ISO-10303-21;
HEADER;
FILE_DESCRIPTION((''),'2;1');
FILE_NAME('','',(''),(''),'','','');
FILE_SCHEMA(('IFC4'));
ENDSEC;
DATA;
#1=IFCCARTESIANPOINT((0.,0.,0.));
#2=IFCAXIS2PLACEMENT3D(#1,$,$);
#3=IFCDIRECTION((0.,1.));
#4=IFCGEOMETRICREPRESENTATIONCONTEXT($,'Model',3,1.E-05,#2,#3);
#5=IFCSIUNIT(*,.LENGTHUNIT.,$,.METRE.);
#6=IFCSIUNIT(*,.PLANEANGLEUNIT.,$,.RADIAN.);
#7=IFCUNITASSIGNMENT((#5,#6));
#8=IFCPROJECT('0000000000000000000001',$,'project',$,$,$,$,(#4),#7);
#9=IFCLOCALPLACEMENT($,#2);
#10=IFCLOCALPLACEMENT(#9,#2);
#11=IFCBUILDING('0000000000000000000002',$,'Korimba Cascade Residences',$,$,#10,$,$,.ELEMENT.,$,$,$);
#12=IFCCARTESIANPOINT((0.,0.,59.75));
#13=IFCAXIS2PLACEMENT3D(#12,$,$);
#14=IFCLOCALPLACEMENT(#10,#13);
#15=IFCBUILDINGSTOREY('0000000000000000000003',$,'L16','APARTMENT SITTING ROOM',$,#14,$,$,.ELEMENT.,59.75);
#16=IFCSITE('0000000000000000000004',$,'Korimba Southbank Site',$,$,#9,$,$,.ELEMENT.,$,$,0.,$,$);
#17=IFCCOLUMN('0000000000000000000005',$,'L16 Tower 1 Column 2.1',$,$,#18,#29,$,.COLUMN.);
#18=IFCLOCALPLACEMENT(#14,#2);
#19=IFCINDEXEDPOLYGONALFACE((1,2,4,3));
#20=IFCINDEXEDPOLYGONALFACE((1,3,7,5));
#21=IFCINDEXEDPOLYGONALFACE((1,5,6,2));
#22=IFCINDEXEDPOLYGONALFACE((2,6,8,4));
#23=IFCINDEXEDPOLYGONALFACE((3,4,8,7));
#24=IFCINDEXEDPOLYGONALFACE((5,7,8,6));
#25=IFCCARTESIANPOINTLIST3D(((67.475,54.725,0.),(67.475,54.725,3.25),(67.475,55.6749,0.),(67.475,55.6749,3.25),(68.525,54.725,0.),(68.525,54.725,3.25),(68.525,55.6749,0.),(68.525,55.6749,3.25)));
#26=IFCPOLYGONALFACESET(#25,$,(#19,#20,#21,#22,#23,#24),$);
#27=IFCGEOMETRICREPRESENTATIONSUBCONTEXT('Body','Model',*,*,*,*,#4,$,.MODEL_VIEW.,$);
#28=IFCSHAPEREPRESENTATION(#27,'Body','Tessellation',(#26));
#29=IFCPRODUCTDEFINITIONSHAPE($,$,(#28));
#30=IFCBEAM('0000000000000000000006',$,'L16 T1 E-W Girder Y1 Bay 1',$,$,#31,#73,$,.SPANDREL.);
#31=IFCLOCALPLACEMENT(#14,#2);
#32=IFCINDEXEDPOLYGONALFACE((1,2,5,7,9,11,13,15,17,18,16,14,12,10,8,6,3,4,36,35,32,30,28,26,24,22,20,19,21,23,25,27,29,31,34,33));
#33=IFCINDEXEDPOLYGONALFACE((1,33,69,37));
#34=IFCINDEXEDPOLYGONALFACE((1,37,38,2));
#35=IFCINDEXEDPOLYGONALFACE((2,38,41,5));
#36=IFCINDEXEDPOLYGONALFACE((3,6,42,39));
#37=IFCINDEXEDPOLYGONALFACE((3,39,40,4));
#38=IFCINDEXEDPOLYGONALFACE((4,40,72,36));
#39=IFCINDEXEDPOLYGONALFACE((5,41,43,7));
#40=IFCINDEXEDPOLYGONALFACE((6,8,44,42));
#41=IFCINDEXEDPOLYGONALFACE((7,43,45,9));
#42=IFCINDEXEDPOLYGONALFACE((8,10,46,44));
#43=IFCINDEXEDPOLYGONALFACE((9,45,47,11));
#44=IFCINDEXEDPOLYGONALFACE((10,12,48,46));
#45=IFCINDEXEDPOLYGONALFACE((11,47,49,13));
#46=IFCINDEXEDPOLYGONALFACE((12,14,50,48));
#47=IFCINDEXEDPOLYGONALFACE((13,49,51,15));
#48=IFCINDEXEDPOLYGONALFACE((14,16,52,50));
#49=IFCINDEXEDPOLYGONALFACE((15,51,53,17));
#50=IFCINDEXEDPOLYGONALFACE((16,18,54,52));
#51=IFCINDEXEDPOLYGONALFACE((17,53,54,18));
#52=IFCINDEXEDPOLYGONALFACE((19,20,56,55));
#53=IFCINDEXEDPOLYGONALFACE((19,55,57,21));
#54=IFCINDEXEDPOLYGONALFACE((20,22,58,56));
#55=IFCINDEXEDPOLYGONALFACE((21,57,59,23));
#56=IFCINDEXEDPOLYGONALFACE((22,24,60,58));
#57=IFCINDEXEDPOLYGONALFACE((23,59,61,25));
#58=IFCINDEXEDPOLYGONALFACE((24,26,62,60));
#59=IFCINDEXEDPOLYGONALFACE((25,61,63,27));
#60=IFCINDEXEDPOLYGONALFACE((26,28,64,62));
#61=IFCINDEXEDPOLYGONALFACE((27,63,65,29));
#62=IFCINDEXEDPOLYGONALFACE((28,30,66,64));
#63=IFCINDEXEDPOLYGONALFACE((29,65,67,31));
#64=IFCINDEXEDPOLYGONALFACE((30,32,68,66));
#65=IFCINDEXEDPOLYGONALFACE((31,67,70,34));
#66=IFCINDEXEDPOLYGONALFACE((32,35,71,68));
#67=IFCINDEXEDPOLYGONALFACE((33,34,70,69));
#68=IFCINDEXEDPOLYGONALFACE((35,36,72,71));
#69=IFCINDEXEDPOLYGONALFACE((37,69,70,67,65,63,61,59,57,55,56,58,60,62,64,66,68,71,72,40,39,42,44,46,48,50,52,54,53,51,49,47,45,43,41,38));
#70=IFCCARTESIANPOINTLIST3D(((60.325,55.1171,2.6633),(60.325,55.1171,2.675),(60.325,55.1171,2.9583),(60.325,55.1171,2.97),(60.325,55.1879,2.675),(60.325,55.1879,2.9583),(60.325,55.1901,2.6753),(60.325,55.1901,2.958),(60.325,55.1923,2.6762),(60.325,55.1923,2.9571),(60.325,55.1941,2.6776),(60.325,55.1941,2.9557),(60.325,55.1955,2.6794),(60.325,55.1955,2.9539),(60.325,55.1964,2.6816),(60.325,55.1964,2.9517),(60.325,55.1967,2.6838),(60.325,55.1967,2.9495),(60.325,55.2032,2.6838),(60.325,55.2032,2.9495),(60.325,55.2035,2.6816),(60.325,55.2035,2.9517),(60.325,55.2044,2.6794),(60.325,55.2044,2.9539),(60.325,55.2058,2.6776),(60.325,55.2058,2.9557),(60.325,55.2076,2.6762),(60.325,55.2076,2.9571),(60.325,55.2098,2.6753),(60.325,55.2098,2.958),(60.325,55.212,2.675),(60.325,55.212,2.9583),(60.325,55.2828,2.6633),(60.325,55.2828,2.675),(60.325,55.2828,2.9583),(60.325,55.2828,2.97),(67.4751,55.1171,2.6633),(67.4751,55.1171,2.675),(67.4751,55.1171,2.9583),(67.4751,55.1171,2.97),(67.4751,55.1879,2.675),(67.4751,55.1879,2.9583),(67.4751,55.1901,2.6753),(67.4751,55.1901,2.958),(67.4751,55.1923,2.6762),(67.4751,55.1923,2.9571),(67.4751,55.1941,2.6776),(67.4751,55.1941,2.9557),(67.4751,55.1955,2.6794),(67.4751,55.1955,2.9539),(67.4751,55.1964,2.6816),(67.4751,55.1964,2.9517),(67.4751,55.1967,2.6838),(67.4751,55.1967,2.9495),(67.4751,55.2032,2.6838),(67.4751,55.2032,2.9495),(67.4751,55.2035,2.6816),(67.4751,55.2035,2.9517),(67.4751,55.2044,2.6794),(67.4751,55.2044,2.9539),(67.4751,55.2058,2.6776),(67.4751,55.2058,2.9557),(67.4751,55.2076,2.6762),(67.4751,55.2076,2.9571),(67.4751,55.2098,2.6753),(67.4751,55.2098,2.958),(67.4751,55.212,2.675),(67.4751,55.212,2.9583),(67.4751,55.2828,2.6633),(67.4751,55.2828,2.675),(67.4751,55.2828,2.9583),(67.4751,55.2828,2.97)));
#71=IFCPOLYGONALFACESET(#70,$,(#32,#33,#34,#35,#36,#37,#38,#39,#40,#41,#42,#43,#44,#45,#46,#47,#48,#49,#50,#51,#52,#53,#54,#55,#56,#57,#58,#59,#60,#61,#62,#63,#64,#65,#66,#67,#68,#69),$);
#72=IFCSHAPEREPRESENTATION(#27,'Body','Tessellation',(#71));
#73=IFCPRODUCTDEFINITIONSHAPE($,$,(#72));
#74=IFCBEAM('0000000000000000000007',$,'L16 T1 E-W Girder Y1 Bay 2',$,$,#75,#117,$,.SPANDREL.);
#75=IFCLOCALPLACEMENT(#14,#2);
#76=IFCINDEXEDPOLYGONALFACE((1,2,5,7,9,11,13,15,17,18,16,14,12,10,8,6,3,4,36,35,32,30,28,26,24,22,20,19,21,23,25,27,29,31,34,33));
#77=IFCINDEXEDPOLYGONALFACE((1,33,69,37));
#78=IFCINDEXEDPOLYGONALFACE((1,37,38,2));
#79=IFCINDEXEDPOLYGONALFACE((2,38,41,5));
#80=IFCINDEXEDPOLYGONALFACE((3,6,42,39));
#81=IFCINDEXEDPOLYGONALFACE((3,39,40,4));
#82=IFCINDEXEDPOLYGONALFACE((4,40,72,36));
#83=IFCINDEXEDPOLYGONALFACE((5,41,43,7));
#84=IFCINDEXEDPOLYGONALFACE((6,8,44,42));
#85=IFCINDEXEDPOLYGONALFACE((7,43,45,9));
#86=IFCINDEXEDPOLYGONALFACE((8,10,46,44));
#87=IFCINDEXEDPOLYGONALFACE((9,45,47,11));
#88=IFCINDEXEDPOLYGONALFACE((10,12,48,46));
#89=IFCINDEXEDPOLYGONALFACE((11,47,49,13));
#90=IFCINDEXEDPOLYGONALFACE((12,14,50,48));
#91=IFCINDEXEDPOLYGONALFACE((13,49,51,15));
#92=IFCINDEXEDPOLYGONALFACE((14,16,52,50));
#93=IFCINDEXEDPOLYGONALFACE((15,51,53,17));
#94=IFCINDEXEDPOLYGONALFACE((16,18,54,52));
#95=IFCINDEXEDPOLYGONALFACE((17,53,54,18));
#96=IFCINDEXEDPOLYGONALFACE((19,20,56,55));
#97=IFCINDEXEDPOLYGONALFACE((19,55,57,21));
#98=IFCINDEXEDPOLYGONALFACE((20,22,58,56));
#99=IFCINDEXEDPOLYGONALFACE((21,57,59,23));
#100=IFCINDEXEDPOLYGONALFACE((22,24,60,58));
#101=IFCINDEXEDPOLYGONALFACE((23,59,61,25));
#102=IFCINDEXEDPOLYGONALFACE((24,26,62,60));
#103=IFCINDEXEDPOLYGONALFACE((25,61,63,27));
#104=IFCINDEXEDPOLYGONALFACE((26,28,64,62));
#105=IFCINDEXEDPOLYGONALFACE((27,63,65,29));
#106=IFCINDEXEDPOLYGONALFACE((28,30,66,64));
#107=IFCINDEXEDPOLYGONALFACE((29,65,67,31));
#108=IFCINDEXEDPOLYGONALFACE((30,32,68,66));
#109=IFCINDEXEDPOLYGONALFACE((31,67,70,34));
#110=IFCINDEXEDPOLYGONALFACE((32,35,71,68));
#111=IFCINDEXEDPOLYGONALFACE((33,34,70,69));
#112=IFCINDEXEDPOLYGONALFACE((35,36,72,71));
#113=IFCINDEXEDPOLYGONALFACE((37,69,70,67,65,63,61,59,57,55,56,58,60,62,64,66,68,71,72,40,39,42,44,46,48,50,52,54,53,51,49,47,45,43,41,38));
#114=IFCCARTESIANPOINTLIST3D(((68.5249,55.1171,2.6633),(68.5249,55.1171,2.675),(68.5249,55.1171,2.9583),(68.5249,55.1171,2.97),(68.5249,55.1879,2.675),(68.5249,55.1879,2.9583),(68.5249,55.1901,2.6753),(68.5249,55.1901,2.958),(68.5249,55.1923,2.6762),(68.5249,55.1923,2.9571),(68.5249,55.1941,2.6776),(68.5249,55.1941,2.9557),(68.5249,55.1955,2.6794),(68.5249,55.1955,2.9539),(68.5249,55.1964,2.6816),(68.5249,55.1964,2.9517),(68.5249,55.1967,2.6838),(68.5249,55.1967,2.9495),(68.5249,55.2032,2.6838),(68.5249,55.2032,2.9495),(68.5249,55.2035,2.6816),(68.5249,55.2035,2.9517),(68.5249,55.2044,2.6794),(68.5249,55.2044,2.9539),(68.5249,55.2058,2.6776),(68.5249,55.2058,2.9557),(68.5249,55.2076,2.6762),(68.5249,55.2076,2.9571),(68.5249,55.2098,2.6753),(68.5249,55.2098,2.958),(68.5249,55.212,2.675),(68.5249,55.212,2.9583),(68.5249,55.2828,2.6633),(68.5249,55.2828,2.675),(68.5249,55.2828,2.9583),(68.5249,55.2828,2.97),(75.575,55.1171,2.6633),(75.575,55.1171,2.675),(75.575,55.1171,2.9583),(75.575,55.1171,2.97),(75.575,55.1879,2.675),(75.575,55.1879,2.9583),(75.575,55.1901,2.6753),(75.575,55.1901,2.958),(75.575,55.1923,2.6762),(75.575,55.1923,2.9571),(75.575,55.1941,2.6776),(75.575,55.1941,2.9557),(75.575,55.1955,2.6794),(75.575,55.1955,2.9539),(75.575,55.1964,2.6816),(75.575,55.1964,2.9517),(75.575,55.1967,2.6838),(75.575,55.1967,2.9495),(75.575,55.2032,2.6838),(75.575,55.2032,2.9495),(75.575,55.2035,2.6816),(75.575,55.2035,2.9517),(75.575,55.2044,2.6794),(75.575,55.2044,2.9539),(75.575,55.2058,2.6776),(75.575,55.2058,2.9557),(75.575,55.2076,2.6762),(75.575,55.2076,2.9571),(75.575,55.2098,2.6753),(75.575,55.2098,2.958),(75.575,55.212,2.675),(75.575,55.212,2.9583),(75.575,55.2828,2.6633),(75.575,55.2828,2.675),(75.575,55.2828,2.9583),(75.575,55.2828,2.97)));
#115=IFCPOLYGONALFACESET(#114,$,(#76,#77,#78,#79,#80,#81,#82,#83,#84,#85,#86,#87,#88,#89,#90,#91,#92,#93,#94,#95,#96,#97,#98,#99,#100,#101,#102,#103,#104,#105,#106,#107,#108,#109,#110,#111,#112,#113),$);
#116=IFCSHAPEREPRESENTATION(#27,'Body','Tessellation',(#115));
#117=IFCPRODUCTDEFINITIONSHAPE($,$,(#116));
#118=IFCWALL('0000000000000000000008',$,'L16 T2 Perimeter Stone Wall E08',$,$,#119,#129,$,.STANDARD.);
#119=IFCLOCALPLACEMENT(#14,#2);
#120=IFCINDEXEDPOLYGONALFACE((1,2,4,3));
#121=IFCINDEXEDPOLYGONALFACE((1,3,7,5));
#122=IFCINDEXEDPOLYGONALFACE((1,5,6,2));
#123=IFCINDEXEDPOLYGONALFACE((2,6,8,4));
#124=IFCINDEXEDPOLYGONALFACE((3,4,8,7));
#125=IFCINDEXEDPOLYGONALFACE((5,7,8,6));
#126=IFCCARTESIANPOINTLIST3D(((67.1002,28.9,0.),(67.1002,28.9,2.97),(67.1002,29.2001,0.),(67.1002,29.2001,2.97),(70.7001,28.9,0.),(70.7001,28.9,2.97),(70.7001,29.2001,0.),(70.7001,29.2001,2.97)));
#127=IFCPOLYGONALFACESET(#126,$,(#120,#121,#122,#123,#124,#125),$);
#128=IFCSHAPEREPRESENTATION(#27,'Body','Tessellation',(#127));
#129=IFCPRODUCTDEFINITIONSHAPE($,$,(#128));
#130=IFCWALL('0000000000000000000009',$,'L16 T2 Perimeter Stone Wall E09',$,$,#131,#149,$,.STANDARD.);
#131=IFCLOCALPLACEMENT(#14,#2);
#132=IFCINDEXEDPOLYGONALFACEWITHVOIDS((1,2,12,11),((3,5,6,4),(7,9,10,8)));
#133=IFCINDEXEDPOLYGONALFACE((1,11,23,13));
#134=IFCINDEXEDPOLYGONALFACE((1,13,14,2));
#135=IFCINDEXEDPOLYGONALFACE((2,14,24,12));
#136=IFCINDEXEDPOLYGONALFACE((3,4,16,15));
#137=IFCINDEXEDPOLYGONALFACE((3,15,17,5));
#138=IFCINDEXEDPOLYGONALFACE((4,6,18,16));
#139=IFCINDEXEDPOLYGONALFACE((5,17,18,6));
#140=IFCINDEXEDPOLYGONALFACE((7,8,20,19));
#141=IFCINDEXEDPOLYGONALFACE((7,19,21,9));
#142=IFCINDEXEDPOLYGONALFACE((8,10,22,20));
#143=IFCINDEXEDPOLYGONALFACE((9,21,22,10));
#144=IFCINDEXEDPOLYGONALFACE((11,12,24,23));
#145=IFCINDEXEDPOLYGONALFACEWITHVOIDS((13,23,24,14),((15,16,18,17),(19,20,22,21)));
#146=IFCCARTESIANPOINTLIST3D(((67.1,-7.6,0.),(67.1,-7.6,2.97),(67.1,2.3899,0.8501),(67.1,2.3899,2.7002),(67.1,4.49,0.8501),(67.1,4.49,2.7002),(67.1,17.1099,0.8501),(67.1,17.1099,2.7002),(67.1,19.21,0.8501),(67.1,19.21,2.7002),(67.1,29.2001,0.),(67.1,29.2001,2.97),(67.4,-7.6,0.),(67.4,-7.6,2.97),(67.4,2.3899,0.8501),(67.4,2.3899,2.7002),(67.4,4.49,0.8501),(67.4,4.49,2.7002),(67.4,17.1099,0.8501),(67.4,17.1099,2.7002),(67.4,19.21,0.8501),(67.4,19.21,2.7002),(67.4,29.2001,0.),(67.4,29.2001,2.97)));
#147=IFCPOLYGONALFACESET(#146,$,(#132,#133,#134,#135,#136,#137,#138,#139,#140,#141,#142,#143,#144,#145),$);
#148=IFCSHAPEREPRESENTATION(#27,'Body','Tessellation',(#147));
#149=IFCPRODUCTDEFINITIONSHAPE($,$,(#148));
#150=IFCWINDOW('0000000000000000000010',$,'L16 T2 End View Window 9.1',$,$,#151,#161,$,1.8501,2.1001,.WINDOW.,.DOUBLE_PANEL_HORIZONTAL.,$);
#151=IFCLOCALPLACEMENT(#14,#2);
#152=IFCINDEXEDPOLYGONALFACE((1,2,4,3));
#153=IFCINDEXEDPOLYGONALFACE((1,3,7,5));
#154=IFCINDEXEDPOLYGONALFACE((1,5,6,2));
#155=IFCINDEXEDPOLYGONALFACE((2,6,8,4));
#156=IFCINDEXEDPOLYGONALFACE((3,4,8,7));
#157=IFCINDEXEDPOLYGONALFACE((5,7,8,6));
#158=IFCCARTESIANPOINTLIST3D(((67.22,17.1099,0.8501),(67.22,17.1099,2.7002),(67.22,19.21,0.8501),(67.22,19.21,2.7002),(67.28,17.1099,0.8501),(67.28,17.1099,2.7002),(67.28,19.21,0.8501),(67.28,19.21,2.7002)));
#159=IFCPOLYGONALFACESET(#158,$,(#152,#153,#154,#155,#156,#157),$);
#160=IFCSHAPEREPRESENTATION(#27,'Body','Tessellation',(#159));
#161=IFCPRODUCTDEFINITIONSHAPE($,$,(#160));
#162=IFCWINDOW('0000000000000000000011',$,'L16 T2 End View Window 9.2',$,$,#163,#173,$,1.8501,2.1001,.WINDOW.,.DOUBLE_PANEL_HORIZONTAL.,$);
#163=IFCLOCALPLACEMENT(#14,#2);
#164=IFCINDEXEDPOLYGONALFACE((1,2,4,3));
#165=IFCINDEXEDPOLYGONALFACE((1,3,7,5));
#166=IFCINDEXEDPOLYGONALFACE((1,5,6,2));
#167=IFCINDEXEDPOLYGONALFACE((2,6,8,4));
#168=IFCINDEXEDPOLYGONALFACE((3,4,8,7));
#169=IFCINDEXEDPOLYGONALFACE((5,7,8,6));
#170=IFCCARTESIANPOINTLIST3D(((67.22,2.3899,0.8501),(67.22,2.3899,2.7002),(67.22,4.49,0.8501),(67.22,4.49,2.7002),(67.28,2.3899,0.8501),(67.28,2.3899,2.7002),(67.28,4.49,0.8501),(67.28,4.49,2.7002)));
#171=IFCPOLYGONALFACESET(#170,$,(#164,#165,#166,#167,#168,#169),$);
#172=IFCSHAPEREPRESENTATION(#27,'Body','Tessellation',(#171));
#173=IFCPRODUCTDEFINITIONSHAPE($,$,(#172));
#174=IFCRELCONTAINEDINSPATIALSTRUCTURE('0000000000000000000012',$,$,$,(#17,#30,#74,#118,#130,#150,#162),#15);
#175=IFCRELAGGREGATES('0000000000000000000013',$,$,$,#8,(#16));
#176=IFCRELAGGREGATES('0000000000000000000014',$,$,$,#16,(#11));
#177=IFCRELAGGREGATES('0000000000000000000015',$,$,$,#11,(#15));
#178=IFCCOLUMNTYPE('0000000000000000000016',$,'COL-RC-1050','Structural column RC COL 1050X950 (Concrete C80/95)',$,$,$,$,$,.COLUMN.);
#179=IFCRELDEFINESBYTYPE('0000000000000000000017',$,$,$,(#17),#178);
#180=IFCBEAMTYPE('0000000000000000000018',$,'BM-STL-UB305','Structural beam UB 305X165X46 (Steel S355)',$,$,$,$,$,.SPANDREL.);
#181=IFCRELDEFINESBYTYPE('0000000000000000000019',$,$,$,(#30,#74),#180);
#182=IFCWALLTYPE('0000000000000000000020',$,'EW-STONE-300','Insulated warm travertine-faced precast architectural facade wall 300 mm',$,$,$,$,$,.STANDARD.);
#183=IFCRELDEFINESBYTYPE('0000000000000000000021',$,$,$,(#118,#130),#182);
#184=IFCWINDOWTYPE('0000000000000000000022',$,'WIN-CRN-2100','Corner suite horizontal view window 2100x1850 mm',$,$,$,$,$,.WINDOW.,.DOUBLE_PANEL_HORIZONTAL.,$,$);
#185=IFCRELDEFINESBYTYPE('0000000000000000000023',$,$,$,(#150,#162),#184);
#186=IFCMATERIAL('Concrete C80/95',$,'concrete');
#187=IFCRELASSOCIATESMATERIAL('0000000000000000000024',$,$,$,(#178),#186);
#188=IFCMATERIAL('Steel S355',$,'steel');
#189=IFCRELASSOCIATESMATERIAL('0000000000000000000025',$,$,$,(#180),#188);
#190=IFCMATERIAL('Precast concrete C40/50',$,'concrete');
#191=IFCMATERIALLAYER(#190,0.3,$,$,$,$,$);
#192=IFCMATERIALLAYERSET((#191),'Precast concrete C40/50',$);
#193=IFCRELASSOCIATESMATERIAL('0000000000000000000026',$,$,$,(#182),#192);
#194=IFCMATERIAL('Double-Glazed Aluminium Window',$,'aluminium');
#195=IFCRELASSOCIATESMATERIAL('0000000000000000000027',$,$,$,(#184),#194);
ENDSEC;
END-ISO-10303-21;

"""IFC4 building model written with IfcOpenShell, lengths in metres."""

from ifc_helpers import new_model, si_unit, direction, frame, frame_2d, origin, origin_2d, place, context, subcontext, project, spatial, rectangle, i_section, extrude, material, layer, layer_set, material_profile, profile_set, type_object, element, fill, save


model = new_model("IFC4")

# Units and contexts
model_context = context("Model", 3, precision=1e-05, world=origin(), true_north=direction((0.0, 1.0)))
body_context = subcontext(model_context, "Body", "Model", "MODEL_VIEW")
ifc_project = project(units=[si_unit("LENGTHUNIT", "METRE"), si_unit("PLANEANGLEUNIT", "RADIAN")], contexts=[model_context])

# Site, building, storey
site_placement = place(None, origin())
site = spatial("IfcSite", under=ifc_project, at=site_placement, Name="Korimba Southbank Site", CompositionType="ELEMENT", RefElevation=0.0)
building_placement = place(site_placement, origin())
building = spatial("IfcBuilding", under=site, at=building_placement, Name="Korimba Cascade Residences", CompositionType="ELEMENT")
storey_placement = place(building_placement, frame((0.0, 0.0, 59.75)))
storey = spatial("IfcBuildingStorey", under=building, at=storey_placement, Name="L16", Description="APARTMENT SITTING ROOM", CompositionType="ELEMENT", Elevation=59.75)

# Column
ifc_material_1 = material(Name="Concrete C80/95", Category="concrete")
ifc_material_profile_1 = material_profile(ifc_material_1, rectangle(XDim=1.05, YDim=0.95, at=origin_2d()), Name="Concrete C80/95")
ifc_profile_set_1 = profile_set([ifc_material_profile_1], Name="Concrete C80/95")
column_type = type_object("IfcColumnType", Name="COL-RC-1050", Description="Structural column RC COL 1050X950 (Concrete C80/95)", PredefinedType="COLUMN", material=ifc_profile_set_1)
column_placement = place(storey_placement, frame((68.0, 55.2, 0.0), z_axis=(0.0, 0.0, 1.0), x_axis=(1.0, 0.0, 0.0)))
element("IfcColumn", 1, at=column_placement, inside=storey, type_object=column_type, Name="L16 Tower 1 Column 2.1", PredefinedType="COLUMN", context=body_context, shape_type="SweptSolid", body=[
    extrude(rectangle(XDim=1.05, YDim=0.95, at=origin_2d()), origin(), (0.0, 0.0, 1.0), 3.25),
])

# Beams
ifc_material_2 = material(Name="Steel S355", Category="steel")
ifc_material_profile_2 = material_profile(ifc_material_2, i_section(OverallWidth=0.1658, OverallDepth=0.3066, WebThickness=0.0066, FlangeThickness=0.0117, FilletRadius=0.0088, at=origin_2d()), Name="Steel S355")
ifc_profile_set_2 = profile_set([ifc_material_profile_2], Name="Steel S355")
beam_type = type_object("IfcBeamType", Name="BM-STL-UB305", Description="Structural beam UB 305X165X46 (Steel S355)", PredefinedType="SPANDREL", material=ifc_profile_set_2)
beam_1_placement = place(storey_placement, frame((60.325, 55.2, 2.8167), z_axis=(1.0, 0.0, 0.0), x_axis=(0.0, 1.0, 0.0)))
element("IfcBeam", 2, at=beam_1_placement, inside=storey, type_object=beam_type, Name="L16 T1 E-W Girder Y1 Bay 1", PredefinedType="SPANDREL", context=body_context, shape_type="SweptSolid", body=[
    extrude(i_section(OverallWidth=0.1658, OverallDepth=0.3066, WebThickness=0.0066, FlangeThickness=0.0117, FilletRadius=0.0088, at=origin_2d()), origin(), (0.0, 0.0, 1.0), 7.1501),
])
beam_2_placement = place(storey_placement, frame((68.5249, 55.2, 2.8167), z_axis=(1.0, 0.0, 0.0), x_axis=(0.0, 1.0, 0.0)))
element("IfcBeam", 3, at=beam_2_placement, inside=storey, type_object=beam_type, Name="L16 T1 E-W Girder Y1 Bay 2", PredefinedType="SPANDREL", context=body_context, shape_type="SweptSolid", body=[
    extrude(i_section(OverallWidth=0.1658, OverallDepth=0.3066, WebThickness=0.0066, FlangeThickness=0.0117, FilletRadius=0.0088, at=origin_2d()), origin(), (0.0, 0.0, 1.0), 7.05),
])

# Wall
ifc_material_3 = material(Name="Precast concrete C40/50", Category="concrete")
ifc_layer_1 = layer(ifc_material_3, 0.3)
ifc_layer_set_1 = layer_set([ifc_layer_1], Name="Precast concrete C40/50")
wall_type_1 = type_object("IfcWallType", Name="EW-STONE-300", Description="Insulated warm travertine-faced precast architectural facade wall 300 mm", PredefinedType="STANDARD", material=ifc_layer_set_1)
wall_1_placement = place(storey_placement, frame((70.7, 29.05, 0.0), z_axis=(0.0, 0.0, 1.0), x_axis=(-1.0, 0.0, 0.0)))
element("IfcWall", 4, at=wall_1_placement, inside=storey, type_object=wall_type_1, Name="L16 T2 Perimeter Stone Wall E08", PredefinedType="STANDARD", context=body_context, shape_type="SweptSolid", body=[
    extrude(rectangle(XDim=3.5999, YDim=0.3, at=frame_2d((1.7998, 0.0))), origin(), (0.0, 0.0, 1.0), 2.97),
])

# Wall, openings, windows
wall_2_placement = place(storey_placement, frame((67.25, 29.2, 0.0), z_axis=(0.0, 0.0, 1.0), x_axis=(0.0, -1.0, 0.0)))
wall_2 = element("IfcWall", 5, at=wall_2_placement, inside=storey, type_object=wall_type_1, Name="L16 T2 Perimeter Stone Wall E09", PredefinedType="STANDARD", context=body_context, shape_type="SweptSolid", body=[
    extrude(rectangle(XDim=36.8, YDim=0.3, at=frame_2d((18.3999, 0.0))), origin(), (0.0, 0.0, 1.0), 2.97),
])
opening_1_placement = place(wall_2_placement, frame((9.99, 0.0, 0.8501)))
opening_1 = element("IfcOpeningElement", 6, at=opening_1_placement, cuts=wall_2, PredefinedType="OPENING", context=body_context, shape_type="SweptSolid", body=[
    extrude(rectangle(XDim=2.1001, YDim=1.8501, at=frame_2d((1.05, 0.925))), frame((0.0, 0.1602, 0.0), z_axis=(0.0, -1.0, 0.0), x_axis=(1.0, 0.0, 0.0)), (0.0, 0.0, 1.0), 0.3201),
])
opening_2_placement = place(wall_2_placement, frame((24.71, 0.0, 0.8501)))
opening_2 = element("IfcOpeningElement", 7, at=opening_2_placement, cuts=wall_2, PredefinedType="OPENING", context=body_context, shape_type="SweptSolid", body=[
    extrude(rectangle(XDim=2.1001, YDim=1.8501, at=frame_2d((1.05, 0.925))), frame((0.0, 0.1602, 0.0), z_axis=(0.0, -1.0, 0.0), x_axis=(1.0, 0.0, 0.0)), (0.0, 0.0, 1.0), 0.3201),
])
ifc_material_4 = material(Name="Double-Glazed Aluminium Window", Category="aluminium")
window_type = type_object("IfcWindowType", Name="WIN-CRN-2100", Description="Corner suite horizontal view window 2100x1850 mm", PartitioningType="DOUBLE_PANEL_HORIZONTAL", PredefinedType="WINDOW", material=ifc_material_4)
window_1_placement = place(opening_1_placement, origin())
window_1 = element("IfcWindow", 8, at=window_1_placement, inside=storey, type_object=window_type, Name="L16 T2 End View Window 9.1", OverallHeight=1.8501, OverallWidth=2.1001, PartitioningType="DOUBLE_PANEL_HORIZONTAL", PredefinedType="WINDOW", context=body_context, shape_type="SweptSolid", body=[
    extrude(rectangle(XDim=2.1001, YDim=1.8501, at=frame_2d((1.05, 0.925))), frame((0.0, 0.03, 0.0), z_axis=(0.0, -1.0, 0.0), x_axis=(1.0, 0.0, 0.0)), (0.0, 0.0, 1.0), 0.0601),
])
fill(opening_1, window_1)
window_2_placement = place(opening_2_placement, origin())
window_2 = element("IfcWindow", 9, at=window_2_placement, inside=storey, type_object=window_type, Name="L16 T2 End View Window 9.2", OverallHeight=1.8501, OverallWidth=2.1001, PartitioningType="DOUBLE_PANEL_HORIZONTAL", PredefinedType="WINDOW", context=body_context, shape_type="SweptSolid", body=[
    extrude(rectangle(XDim=2.1001, YDim=1.8501, at=frame_2d((1.05, 0.925))), frame((0.0, 0.03, 0.0), z_axis=(0.0, -1.0, 0.0), x_axis=(1.0, 0.0, 0.0)), (0.0, 0.0, 1.0), 0.0601),
])
fill(opening_2, window_2)

save(model, "model.ifc")
